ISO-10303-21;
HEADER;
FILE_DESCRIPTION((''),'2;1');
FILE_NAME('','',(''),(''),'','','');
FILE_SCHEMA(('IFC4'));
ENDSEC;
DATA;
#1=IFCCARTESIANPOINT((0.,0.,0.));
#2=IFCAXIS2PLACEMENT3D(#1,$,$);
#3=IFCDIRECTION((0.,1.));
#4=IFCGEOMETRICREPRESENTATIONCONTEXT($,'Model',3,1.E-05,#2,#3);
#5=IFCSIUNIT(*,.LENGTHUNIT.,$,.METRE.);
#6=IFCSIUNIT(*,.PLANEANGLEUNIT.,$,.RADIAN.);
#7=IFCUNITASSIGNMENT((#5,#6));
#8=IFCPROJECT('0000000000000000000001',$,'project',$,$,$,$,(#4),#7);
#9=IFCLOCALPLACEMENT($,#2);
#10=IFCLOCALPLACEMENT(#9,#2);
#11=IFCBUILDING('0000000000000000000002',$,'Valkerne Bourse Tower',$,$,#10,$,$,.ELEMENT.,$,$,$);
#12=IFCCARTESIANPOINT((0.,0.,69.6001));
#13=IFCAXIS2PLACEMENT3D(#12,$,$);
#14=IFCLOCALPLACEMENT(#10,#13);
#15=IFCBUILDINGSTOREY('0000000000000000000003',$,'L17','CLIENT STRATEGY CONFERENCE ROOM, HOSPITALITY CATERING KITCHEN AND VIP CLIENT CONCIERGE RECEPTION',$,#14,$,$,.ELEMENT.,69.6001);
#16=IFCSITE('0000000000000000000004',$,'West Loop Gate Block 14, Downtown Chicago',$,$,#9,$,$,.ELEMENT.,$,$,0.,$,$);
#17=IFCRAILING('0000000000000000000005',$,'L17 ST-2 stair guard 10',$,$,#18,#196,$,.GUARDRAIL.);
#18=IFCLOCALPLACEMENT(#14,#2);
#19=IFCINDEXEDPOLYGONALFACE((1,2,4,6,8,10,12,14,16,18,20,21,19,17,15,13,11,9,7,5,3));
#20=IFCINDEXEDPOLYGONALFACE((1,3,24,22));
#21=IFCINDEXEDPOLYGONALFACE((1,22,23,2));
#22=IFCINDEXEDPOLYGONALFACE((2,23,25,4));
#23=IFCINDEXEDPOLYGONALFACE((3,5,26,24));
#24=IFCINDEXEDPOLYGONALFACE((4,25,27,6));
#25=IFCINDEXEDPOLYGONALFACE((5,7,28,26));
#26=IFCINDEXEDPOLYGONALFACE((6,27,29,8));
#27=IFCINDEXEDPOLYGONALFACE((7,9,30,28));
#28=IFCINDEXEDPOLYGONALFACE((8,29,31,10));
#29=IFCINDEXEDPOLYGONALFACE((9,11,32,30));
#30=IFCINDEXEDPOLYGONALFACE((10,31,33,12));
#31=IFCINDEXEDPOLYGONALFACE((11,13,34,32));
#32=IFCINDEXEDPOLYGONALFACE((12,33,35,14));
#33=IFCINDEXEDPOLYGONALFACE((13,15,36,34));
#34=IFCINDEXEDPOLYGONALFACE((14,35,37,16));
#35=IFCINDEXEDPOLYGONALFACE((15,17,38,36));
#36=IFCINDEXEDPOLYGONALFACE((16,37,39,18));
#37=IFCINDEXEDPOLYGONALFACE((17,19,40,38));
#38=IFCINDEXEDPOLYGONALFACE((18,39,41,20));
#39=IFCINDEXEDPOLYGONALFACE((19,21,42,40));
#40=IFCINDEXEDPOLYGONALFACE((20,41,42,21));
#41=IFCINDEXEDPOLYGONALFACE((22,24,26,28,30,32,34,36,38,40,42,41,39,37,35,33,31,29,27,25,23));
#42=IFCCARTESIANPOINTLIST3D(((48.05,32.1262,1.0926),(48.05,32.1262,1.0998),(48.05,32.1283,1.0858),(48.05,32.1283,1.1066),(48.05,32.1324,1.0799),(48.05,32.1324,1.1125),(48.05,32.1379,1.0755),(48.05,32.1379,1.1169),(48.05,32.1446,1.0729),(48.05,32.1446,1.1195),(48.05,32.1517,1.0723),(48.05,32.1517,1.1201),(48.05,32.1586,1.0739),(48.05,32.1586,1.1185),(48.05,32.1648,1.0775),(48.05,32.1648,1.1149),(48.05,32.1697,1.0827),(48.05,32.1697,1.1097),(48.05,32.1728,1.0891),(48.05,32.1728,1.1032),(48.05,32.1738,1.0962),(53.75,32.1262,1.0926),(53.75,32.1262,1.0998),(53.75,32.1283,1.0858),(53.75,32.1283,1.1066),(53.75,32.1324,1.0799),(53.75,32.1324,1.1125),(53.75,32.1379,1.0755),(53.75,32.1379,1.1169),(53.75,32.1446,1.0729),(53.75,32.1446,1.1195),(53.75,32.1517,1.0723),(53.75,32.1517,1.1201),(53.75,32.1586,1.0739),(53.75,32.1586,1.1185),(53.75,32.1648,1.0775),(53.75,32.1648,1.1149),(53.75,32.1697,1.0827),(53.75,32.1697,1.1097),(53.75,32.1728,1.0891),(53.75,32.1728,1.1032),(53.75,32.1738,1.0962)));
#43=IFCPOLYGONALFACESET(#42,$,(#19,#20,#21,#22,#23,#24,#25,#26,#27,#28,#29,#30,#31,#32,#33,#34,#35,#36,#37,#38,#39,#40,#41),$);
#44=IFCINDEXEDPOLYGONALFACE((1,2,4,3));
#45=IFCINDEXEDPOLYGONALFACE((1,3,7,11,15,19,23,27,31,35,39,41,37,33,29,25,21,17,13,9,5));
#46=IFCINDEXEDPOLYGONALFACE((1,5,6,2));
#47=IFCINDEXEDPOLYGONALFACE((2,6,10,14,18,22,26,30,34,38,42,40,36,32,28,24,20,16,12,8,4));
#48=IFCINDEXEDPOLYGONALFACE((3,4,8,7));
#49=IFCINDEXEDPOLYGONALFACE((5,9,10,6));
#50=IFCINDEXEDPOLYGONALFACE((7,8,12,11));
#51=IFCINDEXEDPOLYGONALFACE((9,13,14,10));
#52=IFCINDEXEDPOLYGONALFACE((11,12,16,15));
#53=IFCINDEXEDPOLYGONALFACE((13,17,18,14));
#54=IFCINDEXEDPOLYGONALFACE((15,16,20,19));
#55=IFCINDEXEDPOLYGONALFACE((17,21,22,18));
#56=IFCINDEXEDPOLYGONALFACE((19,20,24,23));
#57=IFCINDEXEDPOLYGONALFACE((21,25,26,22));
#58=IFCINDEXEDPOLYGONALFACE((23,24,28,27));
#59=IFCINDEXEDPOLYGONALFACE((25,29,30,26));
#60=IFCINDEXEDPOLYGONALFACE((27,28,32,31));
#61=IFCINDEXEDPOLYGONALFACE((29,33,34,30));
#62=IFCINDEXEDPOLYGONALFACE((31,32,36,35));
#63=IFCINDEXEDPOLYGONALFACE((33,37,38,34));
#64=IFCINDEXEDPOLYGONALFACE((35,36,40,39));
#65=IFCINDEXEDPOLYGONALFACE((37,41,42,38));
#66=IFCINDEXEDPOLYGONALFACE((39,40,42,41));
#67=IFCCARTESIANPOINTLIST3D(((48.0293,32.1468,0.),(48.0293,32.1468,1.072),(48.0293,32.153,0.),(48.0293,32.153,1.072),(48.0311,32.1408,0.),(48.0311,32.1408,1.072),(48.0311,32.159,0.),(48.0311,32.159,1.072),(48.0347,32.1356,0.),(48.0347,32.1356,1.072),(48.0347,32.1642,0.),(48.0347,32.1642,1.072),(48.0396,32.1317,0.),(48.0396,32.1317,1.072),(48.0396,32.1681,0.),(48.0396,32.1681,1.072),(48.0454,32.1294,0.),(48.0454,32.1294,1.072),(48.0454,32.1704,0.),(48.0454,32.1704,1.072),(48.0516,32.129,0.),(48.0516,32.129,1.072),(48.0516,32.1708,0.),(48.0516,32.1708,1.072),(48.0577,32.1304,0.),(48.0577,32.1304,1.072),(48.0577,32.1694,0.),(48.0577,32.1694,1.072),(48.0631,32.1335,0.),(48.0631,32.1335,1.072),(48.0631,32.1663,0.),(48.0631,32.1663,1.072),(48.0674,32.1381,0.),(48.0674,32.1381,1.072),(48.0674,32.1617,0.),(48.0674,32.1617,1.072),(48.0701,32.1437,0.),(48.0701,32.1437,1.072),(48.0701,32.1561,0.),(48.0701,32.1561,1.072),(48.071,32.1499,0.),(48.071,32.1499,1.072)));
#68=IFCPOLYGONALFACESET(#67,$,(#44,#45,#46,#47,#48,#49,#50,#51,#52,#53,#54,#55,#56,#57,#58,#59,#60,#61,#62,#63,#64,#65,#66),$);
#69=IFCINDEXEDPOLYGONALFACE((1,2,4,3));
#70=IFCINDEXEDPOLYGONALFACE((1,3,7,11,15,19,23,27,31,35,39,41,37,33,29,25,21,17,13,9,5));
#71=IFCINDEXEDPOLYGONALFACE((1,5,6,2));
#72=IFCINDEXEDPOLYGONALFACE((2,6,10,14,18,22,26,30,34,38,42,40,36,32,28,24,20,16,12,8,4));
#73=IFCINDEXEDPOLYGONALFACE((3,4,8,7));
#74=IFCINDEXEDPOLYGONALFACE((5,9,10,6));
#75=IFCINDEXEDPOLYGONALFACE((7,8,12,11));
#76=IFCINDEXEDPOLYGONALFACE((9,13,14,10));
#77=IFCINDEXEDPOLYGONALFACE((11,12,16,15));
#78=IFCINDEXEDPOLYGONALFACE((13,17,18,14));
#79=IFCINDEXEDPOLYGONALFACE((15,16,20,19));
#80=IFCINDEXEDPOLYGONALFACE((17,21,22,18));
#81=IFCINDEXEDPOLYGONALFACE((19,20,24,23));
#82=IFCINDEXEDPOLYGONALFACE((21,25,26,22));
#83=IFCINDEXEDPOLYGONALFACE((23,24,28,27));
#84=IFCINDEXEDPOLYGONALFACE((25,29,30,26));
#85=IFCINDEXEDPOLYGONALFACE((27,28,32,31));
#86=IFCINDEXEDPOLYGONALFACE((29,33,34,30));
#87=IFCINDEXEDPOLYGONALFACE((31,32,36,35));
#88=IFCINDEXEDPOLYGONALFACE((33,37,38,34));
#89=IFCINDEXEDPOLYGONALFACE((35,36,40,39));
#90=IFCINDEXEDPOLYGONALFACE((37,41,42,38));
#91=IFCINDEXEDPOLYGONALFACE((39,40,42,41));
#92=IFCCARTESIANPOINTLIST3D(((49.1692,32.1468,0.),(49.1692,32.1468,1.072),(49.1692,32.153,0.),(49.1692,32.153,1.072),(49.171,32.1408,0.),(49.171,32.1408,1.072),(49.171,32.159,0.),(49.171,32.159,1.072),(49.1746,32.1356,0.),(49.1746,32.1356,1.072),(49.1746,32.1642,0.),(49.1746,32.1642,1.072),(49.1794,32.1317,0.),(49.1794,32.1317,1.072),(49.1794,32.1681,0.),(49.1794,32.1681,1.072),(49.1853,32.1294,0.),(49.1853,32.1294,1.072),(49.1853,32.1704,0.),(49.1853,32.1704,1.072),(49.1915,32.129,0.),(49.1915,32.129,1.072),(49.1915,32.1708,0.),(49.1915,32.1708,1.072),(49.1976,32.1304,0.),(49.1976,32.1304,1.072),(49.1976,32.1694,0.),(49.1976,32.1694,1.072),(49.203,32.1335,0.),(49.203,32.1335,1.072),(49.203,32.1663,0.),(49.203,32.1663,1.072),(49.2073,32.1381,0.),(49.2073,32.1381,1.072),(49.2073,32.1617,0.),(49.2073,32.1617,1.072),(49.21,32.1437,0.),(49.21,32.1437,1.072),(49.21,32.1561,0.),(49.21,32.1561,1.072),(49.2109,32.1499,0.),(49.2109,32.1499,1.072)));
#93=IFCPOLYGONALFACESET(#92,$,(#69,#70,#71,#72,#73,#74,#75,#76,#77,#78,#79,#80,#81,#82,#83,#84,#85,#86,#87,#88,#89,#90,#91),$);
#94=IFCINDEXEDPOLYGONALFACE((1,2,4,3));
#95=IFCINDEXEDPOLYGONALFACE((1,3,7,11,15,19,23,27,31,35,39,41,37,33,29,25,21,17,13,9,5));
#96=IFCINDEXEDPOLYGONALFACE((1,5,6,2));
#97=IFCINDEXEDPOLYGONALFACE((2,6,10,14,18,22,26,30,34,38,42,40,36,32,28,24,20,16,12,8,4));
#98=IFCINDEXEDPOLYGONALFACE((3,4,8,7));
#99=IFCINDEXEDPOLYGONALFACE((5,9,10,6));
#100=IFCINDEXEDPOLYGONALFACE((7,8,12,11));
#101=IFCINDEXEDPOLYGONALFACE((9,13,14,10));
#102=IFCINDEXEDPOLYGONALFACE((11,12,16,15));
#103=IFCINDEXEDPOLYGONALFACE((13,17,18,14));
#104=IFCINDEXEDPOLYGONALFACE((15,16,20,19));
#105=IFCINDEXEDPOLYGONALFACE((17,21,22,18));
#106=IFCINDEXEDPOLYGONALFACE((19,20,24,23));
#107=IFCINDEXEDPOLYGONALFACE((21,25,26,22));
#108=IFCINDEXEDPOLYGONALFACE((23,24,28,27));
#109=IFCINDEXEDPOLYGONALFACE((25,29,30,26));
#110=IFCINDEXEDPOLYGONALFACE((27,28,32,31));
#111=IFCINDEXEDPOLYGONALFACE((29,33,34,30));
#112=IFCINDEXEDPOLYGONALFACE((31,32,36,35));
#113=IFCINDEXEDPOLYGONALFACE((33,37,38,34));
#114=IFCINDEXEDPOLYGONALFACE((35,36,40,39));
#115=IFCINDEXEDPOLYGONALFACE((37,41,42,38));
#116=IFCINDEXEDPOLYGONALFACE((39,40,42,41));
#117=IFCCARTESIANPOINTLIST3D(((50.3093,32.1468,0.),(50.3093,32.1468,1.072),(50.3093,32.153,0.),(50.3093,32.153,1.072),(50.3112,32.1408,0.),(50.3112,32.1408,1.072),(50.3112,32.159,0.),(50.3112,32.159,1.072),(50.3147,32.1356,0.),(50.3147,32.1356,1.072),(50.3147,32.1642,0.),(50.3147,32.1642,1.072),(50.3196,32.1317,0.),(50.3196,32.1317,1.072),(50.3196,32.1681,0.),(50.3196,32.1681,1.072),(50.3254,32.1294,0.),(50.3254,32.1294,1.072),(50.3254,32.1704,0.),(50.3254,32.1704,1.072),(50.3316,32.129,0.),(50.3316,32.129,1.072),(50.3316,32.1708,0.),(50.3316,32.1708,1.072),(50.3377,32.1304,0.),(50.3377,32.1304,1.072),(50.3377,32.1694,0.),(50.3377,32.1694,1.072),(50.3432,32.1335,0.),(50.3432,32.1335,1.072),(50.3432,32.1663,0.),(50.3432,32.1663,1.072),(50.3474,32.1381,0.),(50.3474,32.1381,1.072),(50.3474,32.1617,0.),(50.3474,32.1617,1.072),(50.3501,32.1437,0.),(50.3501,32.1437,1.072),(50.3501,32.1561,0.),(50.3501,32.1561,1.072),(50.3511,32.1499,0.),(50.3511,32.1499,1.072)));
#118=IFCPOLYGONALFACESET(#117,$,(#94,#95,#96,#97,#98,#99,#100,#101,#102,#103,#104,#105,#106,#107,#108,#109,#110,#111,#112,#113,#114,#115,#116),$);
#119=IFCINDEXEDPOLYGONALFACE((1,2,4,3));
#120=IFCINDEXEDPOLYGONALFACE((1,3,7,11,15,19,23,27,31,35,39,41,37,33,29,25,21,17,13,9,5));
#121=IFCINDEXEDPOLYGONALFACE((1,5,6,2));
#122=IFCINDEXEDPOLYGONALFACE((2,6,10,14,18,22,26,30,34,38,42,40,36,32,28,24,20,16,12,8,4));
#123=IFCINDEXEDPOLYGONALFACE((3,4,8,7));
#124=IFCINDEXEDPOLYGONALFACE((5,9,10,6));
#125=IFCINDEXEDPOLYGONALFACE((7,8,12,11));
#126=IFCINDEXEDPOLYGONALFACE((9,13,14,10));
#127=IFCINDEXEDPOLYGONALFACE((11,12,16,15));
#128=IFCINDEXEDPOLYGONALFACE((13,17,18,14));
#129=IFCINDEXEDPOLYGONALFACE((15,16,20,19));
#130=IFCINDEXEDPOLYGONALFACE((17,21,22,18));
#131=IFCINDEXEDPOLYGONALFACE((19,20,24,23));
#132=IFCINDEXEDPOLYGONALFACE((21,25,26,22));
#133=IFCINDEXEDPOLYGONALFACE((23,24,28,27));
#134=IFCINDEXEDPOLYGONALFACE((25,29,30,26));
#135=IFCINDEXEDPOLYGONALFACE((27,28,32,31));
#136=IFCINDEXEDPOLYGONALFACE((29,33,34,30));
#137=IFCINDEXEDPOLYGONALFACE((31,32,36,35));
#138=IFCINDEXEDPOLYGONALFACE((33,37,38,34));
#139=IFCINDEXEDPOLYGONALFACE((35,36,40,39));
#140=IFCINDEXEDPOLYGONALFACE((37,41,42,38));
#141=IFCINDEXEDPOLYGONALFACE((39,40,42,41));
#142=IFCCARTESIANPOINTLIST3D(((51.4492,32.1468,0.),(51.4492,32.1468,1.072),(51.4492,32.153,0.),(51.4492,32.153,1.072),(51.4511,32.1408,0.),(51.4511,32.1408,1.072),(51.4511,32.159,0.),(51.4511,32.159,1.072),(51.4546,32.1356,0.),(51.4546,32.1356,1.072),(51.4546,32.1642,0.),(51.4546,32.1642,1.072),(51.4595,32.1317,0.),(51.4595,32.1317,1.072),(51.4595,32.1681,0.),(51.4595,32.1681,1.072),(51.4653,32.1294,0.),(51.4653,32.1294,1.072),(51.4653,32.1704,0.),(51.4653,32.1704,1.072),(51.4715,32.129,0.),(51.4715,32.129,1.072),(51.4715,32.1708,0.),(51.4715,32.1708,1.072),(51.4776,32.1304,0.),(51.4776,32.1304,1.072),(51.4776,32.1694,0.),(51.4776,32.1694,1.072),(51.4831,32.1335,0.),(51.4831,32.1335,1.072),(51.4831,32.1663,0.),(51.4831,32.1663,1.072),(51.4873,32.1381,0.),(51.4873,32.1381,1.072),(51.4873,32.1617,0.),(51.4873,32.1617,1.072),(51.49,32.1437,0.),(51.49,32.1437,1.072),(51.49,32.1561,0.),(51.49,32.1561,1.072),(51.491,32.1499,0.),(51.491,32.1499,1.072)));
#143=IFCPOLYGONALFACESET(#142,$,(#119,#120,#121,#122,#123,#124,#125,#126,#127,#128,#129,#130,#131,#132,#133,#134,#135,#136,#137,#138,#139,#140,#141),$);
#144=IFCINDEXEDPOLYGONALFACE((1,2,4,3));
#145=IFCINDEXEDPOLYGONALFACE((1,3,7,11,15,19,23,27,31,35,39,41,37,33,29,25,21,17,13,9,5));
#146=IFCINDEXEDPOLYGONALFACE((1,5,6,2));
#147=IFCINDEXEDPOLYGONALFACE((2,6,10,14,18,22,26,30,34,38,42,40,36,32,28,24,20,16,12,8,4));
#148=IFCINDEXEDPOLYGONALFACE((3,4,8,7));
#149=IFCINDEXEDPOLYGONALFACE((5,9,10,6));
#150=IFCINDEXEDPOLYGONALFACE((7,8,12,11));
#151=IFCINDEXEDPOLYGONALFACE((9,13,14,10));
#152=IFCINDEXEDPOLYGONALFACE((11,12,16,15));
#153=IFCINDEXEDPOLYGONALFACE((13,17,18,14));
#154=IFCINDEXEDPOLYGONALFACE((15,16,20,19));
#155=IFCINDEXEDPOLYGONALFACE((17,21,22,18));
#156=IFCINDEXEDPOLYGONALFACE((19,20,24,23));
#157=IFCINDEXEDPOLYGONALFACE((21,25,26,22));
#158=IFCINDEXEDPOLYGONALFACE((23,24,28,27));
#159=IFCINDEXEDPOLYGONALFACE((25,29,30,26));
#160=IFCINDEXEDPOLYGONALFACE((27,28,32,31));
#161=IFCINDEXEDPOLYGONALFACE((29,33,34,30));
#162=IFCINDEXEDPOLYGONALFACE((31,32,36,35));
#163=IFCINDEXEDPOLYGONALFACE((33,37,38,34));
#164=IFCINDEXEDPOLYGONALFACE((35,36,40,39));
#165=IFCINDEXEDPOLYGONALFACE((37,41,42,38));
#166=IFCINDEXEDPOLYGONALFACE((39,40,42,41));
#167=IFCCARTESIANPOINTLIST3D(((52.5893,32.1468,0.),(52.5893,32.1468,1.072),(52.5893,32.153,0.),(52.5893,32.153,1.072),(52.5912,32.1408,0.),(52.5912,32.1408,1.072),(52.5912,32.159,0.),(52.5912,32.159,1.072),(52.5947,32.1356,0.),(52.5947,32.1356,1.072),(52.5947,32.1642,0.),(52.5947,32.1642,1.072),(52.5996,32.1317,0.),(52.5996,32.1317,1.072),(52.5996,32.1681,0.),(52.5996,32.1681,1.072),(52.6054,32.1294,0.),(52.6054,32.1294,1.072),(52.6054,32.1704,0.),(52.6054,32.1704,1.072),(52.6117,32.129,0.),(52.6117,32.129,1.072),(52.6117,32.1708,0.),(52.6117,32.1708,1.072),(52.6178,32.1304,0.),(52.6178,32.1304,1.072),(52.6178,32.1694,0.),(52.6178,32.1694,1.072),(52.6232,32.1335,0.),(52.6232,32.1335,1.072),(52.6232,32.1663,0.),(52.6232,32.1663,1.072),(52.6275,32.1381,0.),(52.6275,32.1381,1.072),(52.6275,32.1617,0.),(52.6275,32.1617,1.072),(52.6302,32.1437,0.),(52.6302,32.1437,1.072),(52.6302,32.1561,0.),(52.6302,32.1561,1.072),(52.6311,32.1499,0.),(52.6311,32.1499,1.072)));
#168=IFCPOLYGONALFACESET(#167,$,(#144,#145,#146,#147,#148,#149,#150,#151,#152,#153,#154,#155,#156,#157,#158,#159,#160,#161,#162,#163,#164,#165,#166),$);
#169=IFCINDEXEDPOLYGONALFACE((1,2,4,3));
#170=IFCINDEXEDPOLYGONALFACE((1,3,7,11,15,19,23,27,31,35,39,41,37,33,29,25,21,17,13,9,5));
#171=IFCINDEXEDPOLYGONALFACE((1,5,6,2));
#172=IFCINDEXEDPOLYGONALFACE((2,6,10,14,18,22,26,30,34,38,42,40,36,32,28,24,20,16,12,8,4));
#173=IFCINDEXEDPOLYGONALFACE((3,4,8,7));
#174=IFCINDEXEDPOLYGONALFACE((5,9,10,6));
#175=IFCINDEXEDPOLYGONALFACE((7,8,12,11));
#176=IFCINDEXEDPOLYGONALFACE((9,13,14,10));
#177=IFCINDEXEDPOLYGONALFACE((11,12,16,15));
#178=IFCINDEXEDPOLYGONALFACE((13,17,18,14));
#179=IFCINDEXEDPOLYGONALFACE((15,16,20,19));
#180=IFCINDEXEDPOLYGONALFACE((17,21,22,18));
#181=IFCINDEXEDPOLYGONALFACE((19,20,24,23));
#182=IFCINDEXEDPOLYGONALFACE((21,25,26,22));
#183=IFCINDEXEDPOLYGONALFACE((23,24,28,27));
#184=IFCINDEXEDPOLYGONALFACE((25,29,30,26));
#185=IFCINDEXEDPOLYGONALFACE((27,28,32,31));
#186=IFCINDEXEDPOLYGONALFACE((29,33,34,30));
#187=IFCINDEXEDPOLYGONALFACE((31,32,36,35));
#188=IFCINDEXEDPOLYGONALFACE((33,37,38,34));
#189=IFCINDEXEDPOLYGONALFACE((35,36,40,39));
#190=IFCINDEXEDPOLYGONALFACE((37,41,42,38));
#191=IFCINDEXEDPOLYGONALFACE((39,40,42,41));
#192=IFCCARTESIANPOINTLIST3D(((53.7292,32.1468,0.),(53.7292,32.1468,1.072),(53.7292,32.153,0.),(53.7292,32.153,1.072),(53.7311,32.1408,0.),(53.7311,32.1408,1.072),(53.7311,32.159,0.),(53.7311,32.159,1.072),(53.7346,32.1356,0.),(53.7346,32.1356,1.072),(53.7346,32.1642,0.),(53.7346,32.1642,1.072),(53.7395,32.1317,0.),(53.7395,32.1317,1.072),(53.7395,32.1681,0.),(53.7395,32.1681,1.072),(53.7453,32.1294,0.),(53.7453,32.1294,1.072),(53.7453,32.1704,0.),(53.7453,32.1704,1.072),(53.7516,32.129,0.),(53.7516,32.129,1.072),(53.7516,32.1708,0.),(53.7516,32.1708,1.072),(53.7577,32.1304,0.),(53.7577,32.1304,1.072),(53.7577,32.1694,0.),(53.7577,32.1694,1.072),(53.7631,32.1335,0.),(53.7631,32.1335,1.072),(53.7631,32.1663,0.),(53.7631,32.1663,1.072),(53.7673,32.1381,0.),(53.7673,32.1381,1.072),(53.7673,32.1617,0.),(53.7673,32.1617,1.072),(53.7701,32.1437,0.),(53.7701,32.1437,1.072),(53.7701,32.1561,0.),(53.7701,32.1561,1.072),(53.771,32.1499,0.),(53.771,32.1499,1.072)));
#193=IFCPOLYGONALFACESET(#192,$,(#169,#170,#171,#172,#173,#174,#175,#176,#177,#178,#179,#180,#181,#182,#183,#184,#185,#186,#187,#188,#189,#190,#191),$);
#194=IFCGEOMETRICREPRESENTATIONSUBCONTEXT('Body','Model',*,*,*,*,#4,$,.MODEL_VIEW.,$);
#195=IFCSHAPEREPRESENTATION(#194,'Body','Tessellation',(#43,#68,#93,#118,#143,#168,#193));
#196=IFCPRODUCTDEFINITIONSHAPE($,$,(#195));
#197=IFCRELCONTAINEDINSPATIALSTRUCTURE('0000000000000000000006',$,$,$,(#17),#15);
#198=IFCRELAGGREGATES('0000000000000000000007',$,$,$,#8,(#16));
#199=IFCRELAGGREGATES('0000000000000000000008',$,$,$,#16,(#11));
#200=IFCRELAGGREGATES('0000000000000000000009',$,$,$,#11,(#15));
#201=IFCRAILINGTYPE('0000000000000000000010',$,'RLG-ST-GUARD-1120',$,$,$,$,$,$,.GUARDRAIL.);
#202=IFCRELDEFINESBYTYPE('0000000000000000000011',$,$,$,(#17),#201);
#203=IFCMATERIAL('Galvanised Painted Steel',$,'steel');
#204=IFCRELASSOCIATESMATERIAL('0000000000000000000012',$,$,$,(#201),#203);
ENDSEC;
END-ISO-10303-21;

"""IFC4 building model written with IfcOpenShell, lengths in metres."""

from ifc_helpers import new_model, si_unit, direction, frame, origin, origin_2d, place, context, subcontext, project, spatial, circle, extrude, material, type_object, element, save


model = new_model("IFC4")

# Units and contexts
model_context = context("Model", 3, precision=1e-05, world=origin(), true_north=direction((0.0, 1.0)))
body_context = subcontext(model_context, "Body", "Model", "MODEL_VIEW")
ifc_project = project(units=[si_unit("LENGTHUNIT", "METRE"), si_unit("PLANEANGLEUNIT", "RADIAN")], contexts=[model_context])

# Site, building, storey
site_placement = place(None, origin())
site = spatial("IfcSite", under=ifc_project, at=site_placement, Name="West Loop Gate Block 14, Downtown Chicago", CompositionType="ELEMENT", RefElevation=0.0)
building_placement = place(site_placement, origin())
building = spatial("IfcBuilding", under=site, at=building_placement, Name="Valkerne Bourse Tower", CompositionType="ELEMENT")
storey_placement = place(building_placement, frame((0.0, 0.0, 69.6001)))
storey = spatial("IfcBuildingStorey", under=building, at=storey_placement, Name="L17", Description="CLIENT STRATEGY CONFERENCE ROOM, HOSPITALITY CATERING KITCHEN AND VIP CLIENT CONCIERGE RECEPTION", CompositionType="ELEMENT", Elevation=69.6001)

# Shared definitions
ifc_material_1 = material(Name="Galvanised Painted Steel", Category="steel")

# Railing
railing_type_1 = type_object("IfcRailingType", Name="RLG-ST-GUARD-1120", PredefinedType="GUARDRAIL", material=ifc_material_1)
for number, where, name in (
    (1, (48.05, 32.1499, 0.0), "L17 ST-2 stair guard 10"),
):
    element("IfcRailing", number, at=place(storey_placement, frame(where)), inside=storey, type_object=railing_type_1, Name=name, PredefinedType="GUARDRAIL", context=body_context, shape_type="SweptSolid", body=[
        extrude(circle(Radius=0.0239, at=origin_2d()), frame((0.0, 0.0, 1.0962), z_axis=(1.0, 0.0, 0.0), x_axis=(0.0, 1.0, 0.0)), (0.0, 0.0, 1.0), 5.7),
        extrude(circle(Radius=0.021, at=origin_2d()), origin(), (0.0, 0.0, 1.0), 1.072),
        extrude(circle(Radius=0.021, at=origin_2d()), frame((1.1399, 0.0, 0.0)), (0.0, 0.0, 1.0), 1.072),
        extrude(circle(Radius=0.021, at=origin_2d()), frame((2.28, 0.0, 0.0)), (0.0, 0.0, 1.0), 1.072),
        extrude(circle(Radius=0.021, at=origin_2d()), frame((3.4199, 0.0, 0.0)), (0.0, 0.0, 1.0), 1.072),
        extrude(circle(Radius=0.021, at=origin_2d()), frame((4.5601, 0.0, 0.0)), (0.0, 0.0, 1.0), 1.072),
        extrude(circle(Radius=0.021, at=origin_2d()), frame((5.7, 0.0, 0.0)), (0.0, 0.0, 1.0), 1.072),
    ])

save(model, "model.ifc")
